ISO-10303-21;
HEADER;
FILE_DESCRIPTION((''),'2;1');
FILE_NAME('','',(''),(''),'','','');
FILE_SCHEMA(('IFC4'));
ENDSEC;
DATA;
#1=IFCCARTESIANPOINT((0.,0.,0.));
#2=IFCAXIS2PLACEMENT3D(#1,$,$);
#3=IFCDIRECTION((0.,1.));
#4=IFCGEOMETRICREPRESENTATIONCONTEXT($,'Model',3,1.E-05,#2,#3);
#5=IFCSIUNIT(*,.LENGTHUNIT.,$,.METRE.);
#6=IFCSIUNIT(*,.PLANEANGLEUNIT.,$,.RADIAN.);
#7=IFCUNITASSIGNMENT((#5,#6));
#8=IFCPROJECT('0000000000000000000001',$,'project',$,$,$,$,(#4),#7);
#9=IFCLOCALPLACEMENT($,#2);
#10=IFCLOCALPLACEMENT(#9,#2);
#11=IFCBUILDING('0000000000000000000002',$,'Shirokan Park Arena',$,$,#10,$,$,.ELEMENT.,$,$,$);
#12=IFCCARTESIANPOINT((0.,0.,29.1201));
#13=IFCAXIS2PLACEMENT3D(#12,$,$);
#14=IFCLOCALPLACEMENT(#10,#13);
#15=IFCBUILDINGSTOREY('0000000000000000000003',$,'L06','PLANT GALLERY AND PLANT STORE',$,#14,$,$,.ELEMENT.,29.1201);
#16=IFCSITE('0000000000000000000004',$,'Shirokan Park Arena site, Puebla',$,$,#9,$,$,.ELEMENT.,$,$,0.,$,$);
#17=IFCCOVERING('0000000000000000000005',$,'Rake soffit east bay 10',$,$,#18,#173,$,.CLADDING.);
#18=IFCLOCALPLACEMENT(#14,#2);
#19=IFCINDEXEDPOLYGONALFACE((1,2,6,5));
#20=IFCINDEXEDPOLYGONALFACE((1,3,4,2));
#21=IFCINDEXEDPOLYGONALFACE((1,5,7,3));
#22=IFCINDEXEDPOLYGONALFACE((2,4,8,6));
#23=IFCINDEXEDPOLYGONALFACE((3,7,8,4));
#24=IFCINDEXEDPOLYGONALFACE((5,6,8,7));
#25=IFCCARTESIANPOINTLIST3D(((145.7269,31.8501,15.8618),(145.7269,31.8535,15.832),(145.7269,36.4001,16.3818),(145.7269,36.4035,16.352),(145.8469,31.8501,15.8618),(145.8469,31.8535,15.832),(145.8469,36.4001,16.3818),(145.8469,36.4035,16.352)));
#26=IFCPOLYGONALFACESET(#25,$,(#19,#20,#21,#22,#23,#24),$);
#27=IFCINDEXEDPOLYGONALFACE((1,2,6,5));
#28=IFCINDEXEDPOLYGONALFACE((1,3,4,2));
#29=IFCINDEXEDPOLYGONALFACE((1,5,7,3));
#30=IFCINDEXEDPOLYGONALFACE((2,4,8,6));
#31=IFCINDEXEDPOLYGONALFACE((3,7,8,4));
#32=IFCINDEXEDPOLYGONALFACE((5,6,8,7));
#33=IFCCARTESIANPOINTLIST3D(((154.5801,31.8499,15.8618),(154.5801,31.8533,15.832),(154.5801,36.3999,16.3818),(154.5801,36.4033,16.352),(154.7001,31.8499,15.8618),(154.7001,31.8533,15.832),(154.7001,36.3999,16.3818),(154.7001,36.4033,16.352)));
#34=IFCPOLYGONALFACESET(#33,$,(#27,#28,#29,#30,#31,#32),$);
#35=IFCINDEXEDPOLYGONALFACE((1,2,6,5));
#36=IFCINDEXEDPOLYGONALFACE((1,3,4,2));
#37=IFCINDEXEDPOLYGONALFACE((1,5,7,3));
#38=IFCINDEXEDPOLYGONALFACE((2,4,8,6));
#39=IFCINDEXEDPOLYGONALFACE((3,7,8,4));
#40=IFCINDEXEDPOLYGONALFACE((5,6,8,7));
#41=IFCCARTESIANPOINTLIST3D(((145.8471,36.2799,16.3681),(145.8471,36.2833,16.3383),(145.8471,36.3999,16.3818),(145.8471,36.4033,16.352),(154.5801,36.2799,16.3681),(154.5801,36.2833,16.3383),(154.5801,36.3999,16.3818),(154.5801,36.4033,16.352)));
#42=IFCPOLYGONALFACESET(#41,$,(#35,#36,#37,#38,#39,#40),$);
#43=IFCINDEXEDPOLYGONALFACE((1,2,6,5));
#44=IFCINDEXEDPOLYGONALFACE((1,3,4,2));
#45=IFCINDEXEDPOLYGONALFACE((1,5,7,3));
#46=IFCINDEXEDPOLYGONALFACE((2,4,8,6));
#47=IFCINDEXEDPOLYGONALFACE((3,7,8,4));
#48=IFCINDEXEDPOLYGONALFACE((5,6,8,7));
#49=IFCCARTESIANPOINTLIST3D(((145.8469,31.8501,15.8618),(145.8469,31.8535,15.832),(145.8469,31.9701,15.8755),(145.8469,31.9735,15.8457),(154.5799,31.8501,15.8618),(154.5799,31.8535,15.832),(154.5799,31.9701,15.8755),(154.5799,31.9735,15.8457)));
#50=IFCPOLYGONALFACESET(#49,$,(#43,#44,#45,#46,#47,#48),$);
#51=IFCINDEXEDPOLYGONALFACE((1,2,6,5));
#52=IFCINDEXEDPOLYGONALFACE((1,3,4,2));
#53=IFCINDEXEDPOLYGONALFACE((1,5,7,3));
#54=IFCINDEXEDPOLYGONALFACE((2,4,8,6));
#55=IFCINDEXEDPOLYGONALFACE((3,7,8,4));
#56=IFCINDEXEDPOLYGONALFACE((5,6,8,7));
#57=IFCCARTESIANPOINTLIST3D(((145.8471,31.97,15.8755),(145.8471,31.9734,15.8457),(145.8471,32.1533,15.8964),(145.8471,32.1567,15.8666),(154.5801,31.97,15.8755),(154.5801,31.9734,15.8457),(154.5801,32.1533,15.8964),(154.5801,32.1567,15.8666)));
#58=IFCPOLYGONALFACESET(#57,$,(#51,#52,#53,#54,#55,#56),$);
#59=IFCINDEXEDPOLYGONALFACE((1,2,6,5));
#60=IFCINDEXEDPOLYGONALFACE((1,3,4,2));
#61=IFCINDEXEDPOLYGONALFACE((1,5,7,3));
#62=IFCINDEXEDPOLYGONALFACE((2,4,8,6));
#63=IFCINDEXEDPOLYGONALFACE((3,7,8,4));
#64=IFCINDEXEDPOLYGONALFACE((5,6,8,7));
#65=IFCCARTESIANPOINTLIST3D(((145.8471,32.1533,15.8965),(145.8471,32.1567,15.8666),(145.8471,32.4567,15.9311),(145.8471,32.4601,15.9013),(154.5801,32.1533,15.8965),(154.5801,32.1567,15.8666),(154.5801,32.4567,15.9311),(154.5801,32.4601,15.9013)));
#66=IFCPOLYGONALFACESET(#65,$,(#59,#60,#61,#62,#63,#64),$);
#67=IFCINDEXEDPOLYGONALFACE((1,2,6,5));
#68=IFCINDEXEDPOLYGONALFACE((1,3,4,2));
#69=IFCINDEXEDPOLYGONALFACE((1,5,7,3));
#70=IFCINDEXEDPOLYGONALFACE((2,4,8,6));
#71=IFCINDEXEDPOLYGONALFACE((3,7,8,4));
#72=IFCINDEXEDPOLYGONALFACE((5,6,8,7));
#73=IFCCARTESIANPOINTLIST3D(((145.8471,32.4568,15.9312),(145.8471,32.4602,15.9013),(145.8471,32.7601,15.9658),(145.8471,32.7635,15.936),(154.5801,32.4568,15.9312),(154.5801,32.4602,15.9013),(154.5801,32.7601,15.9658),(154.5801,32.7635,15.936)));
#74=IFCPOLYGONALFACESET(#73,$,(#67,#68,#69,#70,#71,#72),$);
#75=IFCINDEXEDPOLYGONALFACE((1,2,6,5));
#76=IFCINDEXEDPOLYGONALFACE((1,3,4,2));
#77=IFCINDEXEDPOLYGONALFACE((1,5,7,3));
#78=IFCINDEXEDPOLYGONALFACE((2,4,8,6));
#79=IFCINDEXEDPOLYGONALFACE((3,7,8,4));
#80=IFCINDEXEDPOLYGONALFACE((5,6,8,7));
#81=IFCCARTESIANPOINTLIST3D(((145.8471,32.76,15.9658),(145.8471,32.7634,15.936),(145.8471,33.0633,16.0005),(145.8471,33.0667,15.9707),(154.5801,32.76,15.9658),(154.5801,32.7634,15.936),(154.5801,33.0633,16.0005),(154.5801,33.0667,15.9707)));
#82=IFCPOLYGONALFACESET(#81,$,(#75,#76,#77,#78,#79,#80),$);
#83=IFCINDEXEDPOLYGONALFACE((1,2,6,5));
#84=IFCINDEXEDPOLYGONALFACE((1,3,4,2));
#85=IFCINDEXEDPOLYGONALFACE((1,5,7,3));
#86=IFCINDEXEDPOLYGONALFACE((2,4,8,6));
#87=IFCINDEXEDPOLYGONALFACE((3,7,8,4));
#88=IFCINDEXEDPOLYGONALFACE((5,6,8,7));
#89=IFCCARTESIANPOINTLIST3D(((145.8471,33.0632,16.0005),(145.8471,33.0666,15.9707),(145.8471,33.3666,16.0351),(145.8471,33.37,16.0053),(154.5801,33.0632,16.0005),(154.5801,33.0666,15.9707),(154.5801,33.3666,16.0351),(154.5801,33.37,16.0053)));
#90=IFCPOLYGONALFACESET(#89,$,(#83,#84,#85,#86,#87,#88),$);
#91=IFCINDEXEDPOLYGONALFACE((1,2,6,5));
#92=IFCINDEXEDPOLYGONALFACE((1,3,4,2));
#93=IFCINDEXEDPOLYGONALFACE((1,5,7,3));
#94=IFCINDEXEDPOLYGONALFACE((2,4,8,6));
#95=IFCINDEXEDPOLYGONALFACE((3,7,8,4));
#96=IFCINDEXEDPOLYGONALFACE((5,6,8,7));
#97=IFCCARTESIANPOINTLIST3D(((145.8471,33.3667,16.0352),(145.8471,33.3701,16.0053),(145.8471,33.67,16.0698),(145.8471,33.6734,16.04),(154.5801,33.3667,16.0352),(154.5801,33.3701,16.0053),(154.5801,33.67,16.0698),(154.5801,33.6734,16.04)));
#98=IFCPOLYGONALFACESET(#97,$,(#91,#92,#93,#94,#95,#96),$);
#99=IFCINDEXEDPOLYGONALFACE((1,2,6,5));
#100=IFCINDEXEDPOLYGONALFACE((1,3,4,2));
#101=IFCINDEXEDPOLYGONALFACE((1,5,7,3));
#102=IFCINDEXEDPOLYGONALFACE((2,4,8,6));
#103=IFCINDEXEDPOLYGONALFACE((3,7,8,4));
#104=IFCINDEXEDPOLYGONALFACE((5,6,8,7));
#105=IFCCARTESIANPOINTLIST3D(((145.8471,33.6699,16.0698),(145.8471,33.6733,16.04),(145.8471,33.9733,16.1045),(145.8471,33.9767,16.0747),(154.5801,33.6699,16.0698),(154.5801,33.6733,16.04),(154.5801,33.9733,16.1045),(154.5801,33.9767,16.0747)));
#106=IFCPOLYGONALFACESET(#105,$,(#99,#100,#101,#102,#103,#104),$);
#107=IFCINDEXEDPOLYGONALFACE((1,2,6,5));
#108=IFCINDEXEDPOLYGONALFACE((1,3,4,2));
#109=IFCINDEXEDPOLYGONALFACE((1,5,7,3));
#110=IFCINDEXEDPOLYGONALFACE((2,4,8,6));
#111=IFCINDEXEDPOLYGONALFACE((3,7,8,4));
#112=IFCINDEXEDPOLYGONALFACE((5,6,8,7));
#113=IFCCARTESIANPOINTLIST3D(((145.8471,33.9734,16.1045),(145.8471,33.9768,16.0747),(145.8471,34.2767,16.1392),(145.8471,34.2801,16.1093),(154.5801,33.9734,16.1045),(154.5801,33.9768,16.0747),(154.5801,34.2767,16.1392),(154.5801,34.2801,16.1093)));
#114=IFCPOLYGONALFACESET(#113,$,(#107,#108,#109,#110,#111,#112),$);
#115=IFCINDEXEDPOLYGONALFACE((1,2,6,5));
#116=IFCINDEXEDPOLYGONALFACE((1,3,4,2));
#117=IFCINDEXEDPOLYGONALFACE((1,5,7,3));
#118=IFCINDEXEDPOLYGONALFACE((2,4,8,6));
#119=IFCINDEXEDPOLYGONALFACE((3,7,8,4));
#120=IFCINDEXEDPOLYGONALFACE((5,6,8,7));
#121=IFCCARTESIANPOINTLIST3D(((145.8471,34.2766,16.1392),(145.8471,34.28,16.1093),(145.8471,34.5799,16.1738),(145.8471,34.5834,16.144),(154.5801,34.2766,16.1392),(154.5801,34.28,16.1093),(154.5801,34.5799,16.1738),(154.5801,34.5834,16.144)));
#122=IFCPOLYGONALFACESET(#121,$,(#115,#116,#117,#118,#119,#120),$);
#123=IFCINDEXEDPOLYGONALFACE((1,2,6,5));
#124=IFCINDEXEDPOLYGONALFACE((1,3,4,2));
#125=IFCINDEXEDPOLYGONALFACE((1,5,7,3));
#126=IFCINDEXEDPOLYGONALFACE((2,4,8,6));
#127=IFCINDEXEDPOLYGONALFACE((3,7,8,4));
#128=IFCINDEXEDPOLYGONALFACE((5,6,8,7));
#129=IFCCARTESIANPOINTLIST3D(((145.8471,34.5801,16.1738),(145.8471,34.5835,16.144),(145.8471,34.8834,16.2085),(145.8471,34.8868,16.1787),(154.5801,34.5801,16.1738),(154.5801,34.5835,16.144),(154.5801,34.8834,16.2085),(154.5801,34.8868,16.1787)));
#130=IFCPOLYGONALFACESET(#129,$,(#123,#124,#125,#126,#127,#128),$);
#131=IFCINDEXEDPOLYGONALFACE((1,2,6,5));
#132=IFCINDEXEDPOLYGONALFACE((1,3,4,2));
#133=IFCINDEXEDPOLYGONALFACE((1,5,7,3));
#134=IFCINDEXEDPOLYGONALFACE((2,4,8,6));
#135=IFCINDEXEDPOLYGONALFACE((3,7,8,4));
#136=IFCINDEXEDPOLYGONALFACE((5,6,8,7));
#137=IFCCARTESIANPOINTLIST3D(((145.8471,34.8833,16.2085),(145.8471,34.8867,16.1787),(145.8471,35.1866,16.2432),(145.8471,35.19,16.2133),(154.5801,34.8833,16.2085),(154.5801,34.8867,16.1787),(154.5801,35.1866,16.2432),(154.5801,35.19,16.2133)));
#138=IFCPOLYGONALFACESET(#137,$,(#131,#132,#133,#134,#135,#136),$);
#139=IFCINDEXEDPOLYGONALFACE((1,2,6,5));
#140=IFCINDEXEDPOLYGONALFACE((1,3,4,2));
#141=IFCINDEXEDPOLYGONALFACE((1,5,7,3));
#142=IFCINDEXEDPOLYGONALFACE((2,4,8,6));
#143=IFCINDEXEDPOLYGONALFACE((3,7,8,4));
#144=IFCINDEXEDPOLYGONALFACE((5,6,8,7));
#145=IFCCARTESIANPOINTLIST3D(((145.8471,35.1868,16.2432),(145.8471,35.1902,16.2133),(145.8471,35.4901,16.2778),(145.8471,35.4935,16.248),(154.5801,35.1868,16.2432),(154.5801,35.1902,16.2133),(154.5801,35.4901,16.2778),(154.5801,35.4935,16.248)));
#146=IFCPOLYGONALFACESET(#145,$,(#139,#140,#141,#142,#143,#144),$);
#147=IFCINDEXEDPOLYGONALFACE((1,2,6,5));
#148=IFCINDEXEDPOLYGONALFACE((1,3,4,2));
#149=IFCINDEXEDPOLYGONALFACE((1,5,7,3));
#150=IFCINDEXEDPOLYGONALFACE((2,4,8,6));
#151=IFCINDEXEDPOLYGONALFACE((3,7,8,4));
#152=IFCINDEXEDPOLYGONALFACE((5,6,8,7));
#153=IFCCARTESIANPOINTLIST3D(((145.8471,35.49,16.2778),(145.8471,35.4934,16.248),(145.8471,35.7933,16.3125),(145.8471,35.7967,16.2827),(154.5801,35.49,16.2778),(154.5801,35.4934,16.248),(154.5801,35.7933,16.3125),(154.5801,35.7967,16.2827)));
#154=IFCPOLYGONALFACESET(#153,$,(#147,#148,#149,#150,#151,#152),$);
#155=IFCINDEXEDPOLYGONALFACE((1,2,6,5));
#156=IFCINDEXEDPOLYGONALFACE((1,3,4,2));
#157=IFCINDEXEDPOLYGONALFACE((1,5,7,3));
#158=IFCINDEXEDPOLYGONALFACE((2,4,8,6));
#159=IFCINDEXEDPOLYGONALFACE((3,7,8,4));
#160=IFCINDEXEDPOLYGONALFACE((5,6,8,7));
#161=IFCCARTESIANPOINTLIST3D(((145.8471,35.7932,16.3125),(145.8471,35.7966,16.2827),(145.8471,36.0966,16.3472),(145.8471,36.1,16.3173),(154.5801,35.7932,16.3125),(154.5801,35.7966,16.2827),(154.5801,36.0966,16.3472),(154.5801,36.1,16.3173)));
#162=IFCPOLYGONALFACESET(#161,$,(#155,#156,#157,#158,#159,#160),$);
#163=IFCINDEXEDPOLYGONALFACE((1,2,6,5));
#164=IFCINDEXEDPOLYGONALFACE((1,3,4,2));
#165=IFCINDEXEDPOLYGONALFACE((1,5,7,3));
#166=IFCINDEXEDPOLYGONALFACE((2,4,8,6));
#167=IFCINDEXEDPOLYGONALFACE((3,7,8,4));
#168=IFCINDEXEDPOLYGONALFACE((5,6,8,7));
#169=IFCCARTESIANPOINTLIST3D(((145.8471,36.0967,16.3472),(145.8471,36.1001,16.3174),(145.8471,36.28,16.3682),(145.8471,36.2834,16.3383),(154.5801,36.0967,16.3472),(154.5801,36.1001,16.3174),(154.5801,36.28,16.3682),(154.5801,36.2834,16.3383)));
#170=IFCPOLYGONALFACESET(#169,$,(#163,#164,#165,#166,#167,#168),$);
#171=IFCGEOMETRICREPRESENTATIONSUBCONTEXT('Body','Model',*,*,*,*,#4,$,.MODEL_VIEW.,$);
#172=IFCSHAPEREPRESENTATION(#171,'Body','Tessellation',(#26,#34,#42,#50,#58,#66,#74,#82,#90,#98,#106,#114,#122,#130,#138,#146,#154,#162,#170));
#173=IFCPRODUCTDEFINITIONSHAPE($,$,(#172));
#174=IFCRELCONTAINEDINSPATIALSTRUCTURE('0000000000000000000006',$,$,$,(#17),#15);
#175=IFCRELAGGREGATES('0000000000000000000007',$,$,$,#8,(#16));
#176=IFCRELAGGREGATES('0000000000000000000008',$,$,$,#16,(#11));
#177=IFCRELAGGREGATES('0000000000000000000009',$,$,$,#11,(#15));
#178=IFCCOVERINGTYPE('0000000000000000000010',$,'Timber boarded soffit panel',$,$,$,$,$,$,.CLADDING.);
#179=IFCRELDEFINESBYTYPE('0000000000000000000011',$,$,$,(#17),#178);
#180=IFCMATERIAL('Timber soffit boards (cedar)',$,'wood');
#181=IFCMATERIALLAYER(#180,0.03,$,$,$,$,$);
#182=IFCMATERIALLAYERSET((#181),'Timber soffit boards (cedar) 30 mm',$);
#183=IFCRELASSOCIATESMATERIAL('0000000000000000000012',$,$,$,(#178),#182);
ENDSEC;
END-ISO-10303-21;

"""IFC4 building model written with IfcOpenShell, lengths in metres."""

from ifc_helpers import new_model, si_unit, direction, frame, origin, place, context, subcontext, project, spatial, polyline, outline, extrude, material, layer, layer_set, type_object, element, save


model = new_model("IFC4")

# Units and contexts
model_context = context("Model", 3, precision=1e-05, world=origin(), true_north=direction((0.0, 1.0)))
body_context = subcontext(model_context, "Body", "Model", "MODEL_VIEW")
ifc_project = project(units=[si_unit("LENGTHUNIT", "METRE"), si_unit("PLANEANGLEUNIT", "RADIAN")], contexts=[model_context])

# Site, building, storey
site_placement = place(None, origin())
site = spatial("IfcSite", under=ifc_project, at=site_placement, Name="Shirokan Park Arena site, Puebla", CompositionType="ELEMENT", RefElevation=0.0)
building_placement = place(site_placement, origin())
building = spatial("IfcBuilding", under=site, at=building_placement, Name="Shirokan Park Arena", CompositionType="ELEMENT")
storey_placement = place(building_placement, frame((0.0, 0.0, 29.1201)))
storey = spatial("IfcBuildingStorey", under=building, at=storey_placement, Name="L06", Description="PLANT GALLERY AND PLANT STORE", CompositionType="ELEMENT", Elevation=29.1201)

# Covering
ifc_material = material(Name="Timber soffit boards (cedar)", Category="wood")
ifc_layer = layer(ifc_material, 0.03)
ifc_layer_set = layer_set([ifc_layer], Name="Timber soffit boards (cedar) 30 mm")
covering_type = type_object("IfcCoveringType", Name="Timber boarded soffit panel", PredefinedType="CLADDING", material=ifc_layer_set)
covering_1_placement = place(storey_placement, origin())
element("IfcCovering", 1, at=covering_1_placement, inside=storey, type_object=covering_type, Name="Rake soffit east bay 10", PredefinedType="CLADDING", context=body_context, shape_type="SweptSolid", body=[
    extrude(outline(polyline([(0.0, 0.0), (0.12, 0.0), (0.12, -4.5796), (0.0, -4.5796), (0.0, 0.0)])), frame((145.8469, 31.8501, 15.8618), z_axis=(0.0, -0.113547, 0.993533), x_axis=(-1.0, 0.0, 0.0)), (0.0, 0.0, -1.0), 0.03),
    extrude(outline(polyline([(0.0, 0.0), (0.12, 0.0), (0.12, -4.5796), (0.0, -4.5796), (0.0, 0.0)])), frame((154.5801, 36.3999, 16.3818), z_axis=(0.0, -0.113547, 0.993533), x_axis=(1.0, 0.0, 0.0)), (0.0, 0.0, -1.0), 0.03),
    extrude(outline(polyline([(0.0, 0.0), (0.1208, 0.0), (0.1208, -8.733), (0.0, -8.733), (0.0, 0.0)])), frame((154.5801, 36.3999, 16.3818), z_axis=(0.0, -0.113512, 0.993537), x_axis=(0.0, -0.993537, -0.113512)), (0.0, 0.0, -1.0), 0.03),
    extrude(outline(polyline([(0.0, 0.0), (0.1208, 0.0), (0.1208, -8.733), (0.0, -8.733), (0.0, 0.0)])), frame((145.8469, 31.8501, 15.8618), z_axis=(0.0, -0.113512, 0.993537), x_axis=(0.0, 0.993537, 0.113512)), (0.0, 0.0, -1.0), 0.03),
    extrude(outline(polyline([(0.0, 0.0), (8.733, 0.0), (8.733, -0.1845), (0.0, -0.1845), (0.0, 0.0)])), frame((154.5801, 31.97, 15.8755), z_axis=(0.0, -0.113589, 0.993528), x_axis=(-1.0, 0.0, 0.0)), (0.0, 0.0, -1.0), 0.03),
    extrude(outline(polyline([(0.0, 0.0), (8.733, 0.0), (8.733, -0.3053), (0.0, -0.3053), (0.0, 0.0)])), frame((154.5801, 32.1533, 15.8965), z_axis=(0.0, -0.113523, 0.993535), x_axis=(-1.0, 0.0, 0.0)), (0.0, 0.0, -1.0), 0.03),
    extrude(outline(polyline([(0.0, 0.0), (8.733, 0.0), (8.733, -0.3053), (0.0, -0.3053), (0.0, 0.0)])), frame((154.5801, 32.4568, 15.9312), z_axis=(0.0, -0.113559, 0.993531), x_axis=(-1.0, 0.0, 0.0)), (0.0, 0.0, -1.0), 0.03),
    extrude(outline(polyline([(0.0, 0.0), (8.733, 0.0), (8.733, -0.3053), (0.0, -0.3053), (0.0, 0.0)])), frame((154.5801, 32.76, 15.9658), z_axis=(0.0, -0.113559, 0.993531), x_axis=(-1.0, 0.0, 0.0)), (0.0, 0.0, -1.0), 0.03),
    extrude(outline(polyline([(0.0, 0.0), (8.733, 0.0), (8.733, -0.3053), (0.0, -0.3053), (0.0, 0.0)])), frame((154.5801, 33.0632, 16.0005), z_axis=(0.0, -0.113523, 0.993535), x_axis=(-1.0, 0.0, 0.0)), (0.0, 0.0, -1.0), 0.03),
    extrude(outline(polyline([(0.0, 0.0), (8.733, 0.0), (8.733, -0.3053), (0.0, -0.3053), (0.0, 0.0)])), frame((154.5801, 33.3667, 16.0352), z_axis=(0.0, -0.113559, 0.993531), x_axis=(-1.0, 0.0, 0.0)), (0.0, 0.0, -1.0), 0.03),
    extrude(outline(polyline([(0.0, 0.0), (8.733, 0.0), (8.733, -0.3053), (0.0, -0.3053), (0.0, 0.0)])), frame((154.5801, 33.6699, 16.0698), z_axis=(0.0, -0.113559, 0.993531), x_axis=(-1.0, 0.0, 0.0)), (0.0, 0.0, -1.0), 0.03),
    extrude(outline(polyline([(0.0, 0.0), (8.733, 0.0), (8.733, -0.3053), (0.0, -0.3053), (0.0, 0.0)])), frame((154.5801, 33.9734, 16.1045), z_axis=(0.0, -0.113523, 0.993535), x_axis=(-1.0, 0.0, 0.0)), (0.0, 0.0, -1.0), 0.03),
    extrude(outline(polyline([(0.0, 0.0), (8.733, 0.0), (8.733, -0.3053), (0.0, -0.3053), (0.0, 0.0)])), frame((154.5801, 34.2766, 16.1392), z_axis=(0.0, -0.113559, 0.993531), x_axis=(-1.0, 0.0, 0.0)), (0.0, 0.0, -1.0), 0.03),
    extrude(outline(polyline([(0.0, 0.0), (8.733, 0.0), (8.733, -0.3053), (0.0, -0.3053), (0.0, 0.0)])), frame((154.5801, 34.5801, 16.1738), z_axis=(0.0, -0.113559, 0.993531), x_axis=(-1.0, 0.0, 0.0)), (0.0, 0.0, -1.0), 0.03),
    extrude(outline(polyline([(0.0, 0.0), (8.733, 0.0), (8.733, -0.3053), (0.0, -0.3053), (0.0, 0.0)])), frame((154.5801, 34.8833, 16.2085), z_axis=(0.0, -0.113523, 0.993535), x_axis=(-1.0, 0.0, 0.0)), (0.0, 0.0, -1.0), 0.03),
    extrude(outline(polyline([(0.0, 0.0), (8.733, 0.0), (8.733, -0.3053), (0.0, -0.3053), (0.0, 0.0)])), frame((154.5801, 35.1868, 16.2432), z_axis=(0.0, -0.113559, 0.993531), x_axis=(-1.0, 0.0, 0.0)), (0.0, 0.0, -1.0), 0.03),
    extrude(outline(polyline([(0.0, 0.0), (8.733, 0.0), (8.733, -0.3053), (0.0, -0.3053), (0.0, 0.0)])), frame((154.5801, 35.49, 16.2778), z_axis=(0.0, -0.113559, 0.993531), x_axis=(-1.0, 0.0, 0.0)), (0.0, 0.0, -1.0), 0.03),
    extrude(outline(polyline([(0.0, 0.0), (8.733, 0.0), (8.733, -0.3053), (0.0, -0.3053), (0.0, 0.0)])), frame((154.5801, 35.7932, 16.3125), z_axis=(0.0, -0.113523, 0.993535), x_axis=(-1.0, 0.0, 0.0)), (0.0, 0.0, -1.0), 0.03),
    extrude(outline(polyline([(0.0, 0.0), (0.1845, 0.0), (0.1845, -8.733), (0.0, -8.733), (0.0, 0.0)])), frame((154.5801, 36.28, 16.3682), z_axis=(0.0, -0.113589, 0.993528), x_axis=(0.0, -0.993528, -0.113589)), (0.0, 0.0, -1.0), 0.03),
])

save(model, "model.ifc")
